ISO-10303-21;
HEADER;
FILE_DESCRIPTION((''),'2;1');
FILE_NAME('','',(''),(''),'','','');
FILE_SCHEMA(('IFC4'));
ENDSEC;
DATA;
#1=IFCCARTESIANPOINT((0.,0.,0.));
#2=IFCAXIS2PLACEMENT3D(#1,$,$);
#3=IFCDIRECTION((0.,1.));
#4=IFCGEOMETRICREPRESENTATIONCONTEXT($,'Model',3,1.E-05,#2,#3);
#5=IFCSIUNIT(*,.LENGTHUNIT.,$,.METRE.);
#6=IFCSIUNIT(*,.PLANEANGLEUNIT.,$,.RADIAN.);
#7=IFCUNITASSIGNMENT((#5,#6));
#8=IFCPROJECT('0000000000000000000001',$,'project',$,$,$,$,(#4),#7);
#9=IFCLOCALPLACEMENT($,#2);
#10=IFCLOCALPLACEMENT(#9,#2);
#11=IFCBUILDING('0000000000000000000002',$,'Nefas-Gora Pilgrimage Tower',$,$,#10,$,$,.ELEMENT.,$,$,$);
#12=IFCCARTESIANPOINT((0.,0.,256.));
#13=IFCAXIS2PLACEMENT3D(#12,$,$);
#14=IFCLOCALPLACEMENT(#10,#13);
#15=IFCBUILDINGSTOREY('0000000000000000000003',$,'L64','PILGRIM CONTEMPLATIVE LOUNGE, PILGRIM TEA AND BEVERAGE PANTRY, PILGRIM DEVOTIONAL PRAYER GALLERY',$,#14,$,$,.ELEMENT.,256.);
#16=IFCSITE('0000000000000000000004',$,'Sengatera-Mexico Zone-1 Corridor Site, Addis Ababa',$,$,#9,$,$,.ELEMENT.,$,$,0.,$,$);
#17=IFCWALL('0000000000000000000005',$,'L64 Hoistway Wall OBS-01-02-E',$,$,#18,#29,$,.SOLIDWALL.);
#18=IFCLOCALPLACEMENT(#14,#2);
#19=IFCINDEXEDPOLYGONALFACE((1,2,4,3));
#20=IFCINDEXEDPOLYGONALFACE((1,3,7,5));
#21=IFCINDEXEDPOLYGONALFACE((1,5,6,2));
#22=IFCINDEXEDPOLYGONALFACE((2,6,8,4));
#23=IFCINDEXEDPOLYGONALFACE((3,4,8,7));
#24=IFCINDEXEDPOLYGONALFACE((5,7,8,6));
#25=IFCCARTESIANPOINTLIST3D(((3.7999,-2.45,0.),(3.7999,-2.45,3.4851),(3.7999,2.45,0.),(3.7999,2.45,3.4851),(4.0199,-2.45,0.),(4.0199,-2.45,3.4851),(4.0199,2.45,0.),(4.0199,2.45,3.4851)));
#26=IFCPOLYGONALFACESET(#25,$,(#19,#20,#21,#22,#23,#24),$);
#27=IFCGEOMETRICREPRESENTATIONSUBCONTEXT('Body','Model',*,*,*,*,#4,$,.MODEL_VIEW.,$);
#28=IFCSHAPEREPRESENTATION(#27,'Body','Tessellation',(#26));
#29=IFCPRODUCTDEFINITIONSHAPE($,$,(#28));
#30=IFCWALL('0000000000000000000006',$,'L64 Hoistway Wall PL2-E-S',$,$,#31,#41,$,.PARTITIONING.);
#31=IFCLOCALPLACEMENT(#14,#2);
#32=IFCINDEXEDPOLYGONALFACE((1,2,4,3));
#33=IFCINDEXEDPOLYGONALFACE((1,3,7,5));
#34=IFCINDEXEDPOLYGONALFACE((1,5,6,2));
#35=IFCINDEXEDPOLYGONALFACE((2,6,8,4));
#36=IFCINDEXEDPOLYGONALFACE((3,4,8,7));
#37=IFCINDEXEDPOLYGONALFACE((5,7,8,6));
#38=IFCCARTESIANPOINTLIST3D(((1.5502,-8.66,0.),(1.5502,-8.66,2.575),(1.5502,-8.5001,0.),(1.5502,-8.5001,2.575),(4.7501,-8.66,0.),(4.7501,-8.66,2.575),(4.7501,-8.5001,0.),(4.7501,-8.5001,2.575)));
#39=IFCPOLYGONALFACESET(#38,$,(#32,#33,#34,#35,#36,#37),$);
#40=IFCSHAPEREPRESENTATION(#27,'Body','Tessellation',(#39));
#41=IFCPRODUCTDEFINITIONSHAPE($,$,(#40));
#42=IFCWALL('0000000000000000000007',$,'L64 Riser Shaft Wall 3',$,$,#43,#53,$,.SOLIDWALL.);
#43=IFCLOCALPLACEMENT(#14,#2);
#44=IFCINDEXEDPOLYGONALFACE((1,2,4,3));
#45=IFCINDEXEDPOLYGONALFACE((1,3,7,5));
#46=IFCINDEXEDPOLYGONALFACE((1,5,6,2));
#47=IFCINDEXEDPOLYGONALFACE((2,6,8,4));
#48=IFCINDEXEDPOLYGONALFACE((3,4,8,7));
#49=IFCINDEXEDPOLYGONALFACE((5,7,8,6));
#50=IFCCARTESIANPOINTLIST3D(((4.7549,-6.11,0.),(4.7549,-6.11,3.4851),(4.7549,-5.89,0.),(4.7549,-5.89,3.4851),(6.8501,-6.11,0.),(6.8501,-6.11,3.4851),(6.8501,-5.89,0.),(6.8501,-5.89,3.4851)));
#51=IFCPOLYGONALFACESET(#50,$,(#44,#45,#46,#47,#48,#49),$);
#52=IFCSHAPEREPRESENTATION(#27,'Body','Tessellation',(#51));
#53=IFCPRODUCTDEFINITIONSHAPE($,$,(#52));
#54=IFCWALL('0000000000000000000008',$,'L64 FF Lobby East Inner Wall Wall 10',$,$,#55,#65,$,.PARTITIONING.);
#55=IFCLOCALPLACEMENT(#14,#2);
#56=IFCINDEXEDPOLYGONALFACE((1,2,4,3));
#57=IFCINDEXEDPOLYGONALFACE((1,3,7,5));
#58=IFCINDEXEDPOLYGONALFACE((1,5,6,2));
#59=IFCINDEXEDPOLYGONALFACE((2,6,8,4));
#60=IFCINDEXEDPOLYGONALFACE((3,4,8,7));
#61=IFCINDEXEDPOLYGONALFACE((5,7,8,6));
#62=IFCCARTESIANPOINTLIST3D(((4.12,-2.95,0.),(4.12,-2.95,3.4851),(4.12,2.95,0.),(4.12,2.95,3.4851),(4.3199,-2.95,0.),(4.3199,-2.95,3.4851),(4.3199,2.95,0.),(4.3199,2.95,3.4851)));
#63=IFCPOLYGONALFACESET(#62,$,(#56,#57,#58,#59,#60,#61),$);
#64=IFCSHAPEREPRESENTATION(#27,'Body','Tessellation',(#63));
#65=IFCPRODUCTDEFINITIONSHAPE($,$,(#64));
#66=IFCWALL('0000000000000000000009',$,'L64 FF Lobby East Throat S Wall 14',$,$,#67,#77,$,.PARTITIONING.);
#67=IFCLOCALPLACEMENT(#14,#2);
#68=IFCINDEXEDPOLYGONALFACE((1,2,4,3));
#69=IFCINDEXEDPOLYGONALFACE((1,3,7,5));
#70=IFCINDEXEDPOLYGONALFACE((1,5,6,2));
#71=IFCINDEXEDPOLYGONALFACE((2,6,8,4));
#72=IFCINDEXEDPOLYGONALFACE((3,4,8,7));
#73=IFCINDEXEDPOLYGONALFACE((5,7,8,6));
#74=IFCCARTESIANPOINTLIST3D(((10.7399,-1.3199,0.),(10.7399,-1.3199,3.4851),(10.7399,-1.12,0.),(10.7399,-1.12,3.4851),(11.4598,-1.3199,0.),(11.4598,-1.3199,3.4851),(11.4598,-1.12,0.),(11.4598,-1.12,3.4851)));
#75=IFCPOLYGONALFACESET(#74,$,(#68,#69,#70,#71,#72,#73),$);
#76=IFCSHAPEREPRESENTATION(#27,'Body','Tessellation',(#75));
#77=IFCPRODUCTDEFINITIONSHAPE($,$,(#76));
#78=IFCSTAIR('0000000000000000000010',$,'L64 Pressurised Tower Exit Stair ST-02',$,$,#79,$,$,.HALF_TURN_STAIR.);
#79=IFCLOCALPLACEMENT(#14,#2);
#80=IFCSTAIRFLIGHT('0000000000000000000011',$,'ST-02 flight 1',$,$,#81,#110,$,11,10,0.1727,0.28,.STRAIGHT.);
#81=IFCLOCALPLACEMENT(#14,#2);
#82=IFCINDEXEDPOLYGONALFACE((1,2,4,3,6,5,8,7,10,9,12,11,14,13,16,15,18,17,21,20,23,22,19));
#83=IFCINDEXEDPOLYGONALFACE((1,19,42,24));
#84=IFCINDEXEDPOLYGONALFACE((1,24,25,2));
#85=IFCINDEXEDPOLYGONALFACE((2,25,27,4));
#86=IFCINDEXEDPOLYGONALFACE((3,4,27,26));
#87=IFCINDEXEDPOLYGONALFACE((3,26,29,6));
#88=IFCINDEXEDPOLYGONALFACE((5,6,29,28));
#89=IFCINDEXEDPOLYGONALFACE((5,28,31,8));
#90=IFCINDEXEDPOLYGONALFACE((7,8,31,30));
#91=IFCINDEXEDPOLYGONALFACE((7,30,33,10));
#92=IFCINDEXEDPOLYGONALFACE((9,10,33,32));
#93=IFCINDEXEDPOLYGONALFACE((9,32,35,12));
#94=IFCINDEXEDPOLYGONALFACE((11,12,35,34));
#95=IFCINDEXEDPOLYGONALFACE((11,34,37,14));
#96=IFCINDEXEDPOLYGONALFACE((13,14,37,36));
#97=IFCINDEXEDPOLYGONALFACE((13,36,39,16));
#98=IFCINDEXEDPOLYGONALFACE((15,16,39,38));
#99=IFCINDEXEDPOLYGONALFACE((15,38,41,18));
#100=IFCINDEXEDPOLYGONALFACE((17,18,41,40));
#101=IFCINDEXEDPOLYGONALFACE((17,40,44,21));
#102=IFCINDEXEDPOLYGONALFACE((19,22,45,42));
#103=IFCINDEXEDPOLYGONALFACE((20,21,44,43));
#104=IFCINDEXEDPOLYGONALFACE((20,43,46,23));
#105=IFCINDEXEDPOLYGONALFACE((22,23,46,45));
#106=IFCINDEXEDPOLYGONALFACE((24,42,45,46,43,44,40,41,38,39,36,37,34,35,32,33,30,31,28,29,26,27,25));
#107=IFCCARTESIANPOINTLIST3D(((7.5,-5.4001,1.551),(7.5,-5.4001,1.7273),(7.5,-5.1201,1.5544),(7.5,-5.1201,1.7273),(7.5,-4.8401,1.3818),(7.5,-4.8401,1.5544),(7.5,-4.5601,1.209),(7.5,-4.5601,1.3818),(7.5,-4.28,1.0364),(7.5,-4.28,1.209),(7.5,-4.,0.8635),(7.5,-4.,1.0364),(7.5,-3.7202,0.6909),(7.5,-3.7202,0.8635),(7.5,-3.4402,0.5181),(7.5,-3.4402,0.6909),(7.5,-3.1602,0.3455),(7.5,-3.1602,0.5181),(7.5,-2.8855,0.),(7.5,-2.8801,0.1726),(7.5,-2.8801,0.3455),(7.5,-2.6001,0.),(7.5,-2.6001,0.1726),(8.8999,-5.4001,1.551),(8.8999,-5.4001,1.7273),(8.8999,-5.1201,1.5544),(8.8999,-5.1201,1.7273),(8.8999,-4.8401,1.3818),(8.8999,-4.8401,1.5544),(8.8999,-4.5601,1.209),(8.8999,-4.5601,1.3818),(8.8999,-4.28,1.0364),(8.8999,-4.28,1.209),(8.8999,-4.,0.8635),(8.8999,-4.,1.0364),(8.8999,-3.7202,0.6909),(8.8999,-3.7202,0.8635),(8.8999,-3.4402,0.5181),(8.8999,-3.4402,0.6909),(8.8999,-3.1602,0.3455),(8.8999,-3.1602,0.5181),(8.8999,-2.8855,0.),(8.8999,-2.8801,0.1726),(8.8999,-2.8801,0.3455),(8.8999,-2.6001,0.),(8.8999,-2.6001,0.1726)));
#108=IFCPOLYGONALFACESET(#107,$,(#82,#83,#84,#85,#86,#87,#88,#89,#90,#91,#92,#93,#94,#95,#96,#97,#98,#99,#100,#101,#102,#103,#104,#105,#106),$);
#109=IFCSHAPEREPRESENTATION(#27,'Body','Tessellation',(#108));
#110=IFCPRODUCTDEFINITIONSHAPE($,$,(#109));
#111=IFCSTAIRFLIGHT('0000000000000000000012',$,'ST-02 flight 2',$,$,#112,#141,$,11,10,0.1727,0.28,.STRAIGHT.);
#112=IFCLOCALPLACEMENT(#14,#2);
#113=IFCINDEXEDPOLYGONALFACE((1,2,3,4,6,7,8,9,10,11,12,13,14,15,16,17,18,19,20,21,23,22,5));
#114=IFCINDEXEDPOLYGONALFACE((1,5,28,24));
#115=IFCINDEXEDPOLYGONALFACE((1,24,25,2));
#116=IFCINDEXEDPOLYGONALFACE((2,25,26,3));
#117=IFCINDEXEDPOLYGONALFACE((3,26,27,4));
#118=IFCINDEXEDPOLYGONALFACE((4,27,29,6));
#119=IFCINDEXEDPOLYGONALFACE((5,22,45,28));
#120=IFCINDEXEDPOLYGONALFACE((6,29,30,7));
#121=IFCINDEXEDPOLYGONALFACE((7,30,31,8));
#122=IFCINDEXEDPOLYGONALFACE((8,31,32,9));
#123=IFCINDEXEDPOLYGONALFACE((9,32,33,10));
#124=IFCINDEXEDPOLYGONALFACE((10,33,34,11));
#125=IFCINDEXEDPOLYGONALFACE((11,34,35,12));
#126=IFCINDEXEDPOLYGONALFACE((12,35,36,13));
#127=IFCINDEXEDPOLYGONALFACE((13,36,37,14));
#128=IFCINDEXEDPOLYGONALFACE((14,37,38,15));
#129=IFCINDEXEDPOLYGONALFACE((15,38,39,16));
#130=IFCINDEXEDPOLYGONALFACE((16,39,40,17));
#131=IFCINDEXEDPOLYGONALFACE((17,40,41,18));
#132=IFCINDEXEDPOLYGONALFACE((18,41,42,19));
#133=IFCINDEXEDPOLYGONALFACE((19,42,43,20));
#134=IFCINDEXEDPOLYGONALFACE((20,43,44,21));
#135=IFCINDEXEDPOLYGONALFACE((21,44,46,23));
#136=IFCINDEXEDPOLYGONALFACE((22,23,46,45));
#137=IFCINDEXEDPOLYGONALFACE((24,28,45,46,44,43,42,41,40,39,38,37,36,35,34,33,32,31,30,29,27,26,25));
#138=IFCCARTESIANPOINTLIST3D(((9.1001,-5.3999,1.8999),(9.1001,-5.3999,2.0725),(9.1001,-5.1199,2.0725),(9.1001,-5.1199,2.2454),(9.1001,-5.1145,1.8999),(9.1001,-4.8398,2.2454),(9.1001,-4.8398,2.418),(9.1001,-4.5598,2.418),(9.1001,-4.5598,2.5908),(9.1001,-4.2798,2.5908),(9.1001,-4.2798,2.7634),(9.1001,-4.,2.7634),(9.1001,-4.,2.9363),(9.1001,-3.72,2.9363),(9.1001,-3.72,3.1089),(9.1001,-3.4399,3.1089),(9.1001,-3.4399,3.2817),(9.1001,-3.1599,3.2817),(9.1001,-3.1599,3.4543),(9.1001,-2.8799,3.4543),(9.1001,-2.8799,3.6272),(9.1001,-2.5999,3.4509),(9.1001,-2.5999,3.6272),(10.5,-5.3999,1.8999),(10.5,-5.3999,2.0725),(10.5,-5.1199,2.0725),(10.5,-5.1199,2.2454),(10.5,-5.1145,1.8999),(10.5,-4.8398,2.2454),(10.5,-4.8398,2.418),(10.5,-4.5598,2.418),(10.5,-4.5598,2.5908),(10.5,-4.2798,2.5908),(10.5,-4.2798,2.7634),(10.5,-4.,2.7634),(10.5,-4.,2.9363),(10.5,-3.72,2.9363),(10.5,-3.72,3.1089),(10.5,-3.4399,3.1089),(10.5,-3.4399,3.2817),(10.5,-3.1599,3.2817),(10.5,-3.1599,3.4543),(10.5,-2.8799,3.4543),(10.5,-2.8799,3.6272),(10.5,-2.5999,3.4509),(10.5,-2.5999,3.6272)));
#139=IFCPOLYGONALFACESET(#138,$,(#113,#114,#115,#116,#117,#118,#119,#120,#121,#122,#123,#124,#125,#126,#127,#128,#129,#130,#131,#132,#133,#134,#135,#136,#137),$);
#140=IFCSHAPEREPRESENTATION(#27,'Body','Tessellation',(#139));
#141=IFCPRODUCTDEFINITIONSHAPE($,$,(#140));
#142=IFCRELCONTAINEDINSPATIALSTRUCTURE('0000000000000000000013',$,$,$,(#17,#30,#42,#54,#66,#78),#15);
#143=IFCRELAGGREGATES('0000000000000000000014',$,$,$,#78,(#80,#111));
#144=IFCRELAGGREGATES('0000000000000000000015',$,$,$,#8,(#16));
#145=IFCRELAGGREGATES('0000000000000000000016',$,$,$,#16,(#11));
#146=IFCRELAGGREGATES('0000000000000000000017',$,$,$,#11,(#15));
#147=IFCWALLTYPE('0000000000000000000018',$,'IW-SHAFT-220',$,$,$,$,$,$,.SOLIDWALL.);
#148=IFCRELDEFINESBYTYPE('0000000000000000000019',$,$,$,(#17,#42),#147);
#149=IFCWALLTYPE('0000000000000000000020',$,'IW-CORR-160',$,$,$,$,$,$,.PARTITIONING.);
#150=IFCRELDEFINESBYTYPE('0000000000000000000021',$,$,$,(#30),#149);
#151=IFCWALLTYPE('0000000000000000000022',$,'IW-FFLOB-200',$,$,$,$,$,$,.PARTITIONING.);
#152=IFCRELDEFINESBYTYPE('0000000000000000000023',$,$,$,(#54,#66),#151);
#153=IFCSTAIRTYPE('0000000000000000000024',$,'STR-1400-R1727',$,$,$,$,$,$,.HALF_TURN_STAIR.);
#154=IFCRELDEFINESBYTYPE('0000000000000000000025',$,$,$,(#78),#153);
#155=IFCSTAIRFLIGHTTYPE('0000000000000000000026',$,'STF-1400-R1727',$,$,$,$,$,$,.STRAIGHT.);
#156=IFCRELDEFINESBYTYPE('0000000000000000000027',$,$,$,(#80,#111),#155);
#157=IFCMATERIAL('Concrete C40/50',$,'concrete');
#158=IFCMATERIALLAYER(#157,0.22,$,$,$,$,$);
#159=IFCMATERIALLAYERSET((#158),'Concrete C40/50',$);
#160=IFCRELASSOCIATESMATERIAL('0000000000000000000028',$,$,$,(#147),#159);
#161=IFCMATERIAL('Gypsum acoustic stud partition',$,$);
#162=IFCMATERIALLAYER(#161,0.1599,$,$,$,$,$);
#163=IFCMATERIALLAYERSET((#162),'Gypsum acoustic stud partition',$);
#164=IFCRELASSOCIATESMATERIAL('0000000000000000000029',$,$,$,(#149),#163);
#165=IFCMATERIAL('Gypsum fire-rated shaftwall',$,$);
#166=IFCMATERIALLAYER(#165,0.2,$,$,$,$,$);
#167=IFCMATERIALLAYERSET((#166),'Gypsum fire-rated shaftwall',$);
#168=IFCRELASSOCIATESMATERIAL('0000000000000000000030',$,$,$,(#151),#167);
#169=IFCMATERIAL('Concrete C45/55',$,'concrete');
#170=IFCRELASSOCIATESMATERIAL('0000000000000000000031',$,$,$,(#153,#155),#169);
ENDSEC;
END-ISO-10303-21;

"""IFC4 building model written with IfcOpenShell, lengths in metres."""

from ifc_helpers import new_model, si_unit, direction, frame, frame_2d, origin, place, context, subcontext, project, spatial, polyline, rectangle, outline, extrude, source, transform, mapped, material, layer, layer_set, type_object, element, aggregate, save


model = new_model("IFC4")

# Units and contexts
model_context = context("Model", 3, precision=1e-05, world=origin(), true_north=direction((0.0, 1.0)))
body_context = subcontext(model_context, "Body", "Model", "MODEL_VIEW")
ifc_project = project(units=[si_unit("LENGTHUNIT", "METRE"), si_unit("PLANEANGLEUNIT", "RADIAN")], contexts=[model_context])

# Site, building, storey
site_placement = place(None, origin())
site = spatial("IfcSite", under=ifc_project, at=site_placement, Name="Sengatera-Mexico Zone-1 Corridor Site, Addis Ababa", CompositionType="ELEMENT", RefElevation=0.0)
building_placement = place(site_placement, origin())
building = spatial("IfcBuilding", under=site, at=building_placement, Name="Nefas-Gora Pilgrimage Tower", CompositionType="ELEMENT")
storey_placement = place(building_placement, frame((0.0, 0.0, 256.0)))
storey = spatial("IfcBuildingStorey", under=building, at=storey_placement, Name="L64", Description="PILGRIM CONTEMPLATIVE LOUNGE, PILGRIM TEA AND BEVERAGE PANTRY, PILGRIM DEVOTIONAL PRAYER GALLERY", CompositionType="ELEMENT", Elevation=256.0)

# Shared definitions
ifc_material_1 = material(Name="Concrete C45/55", Category="concrete")

# Shared definitions
ifc_material_2 = material(Name="Concrete C40/50", Category="concrete")
ifc_layer_1 = layer(ifc_material_2, 0.22)
ifc_layer_set_1 = layer_set([ifc_layer_1], Name="Concrete C40/50")
wall_type_1 = type_object("IfcWallType", Name="IW-SHAFT-220", PredefinedType="SOLIDWALL", material=ifc_layer_set_1)

# Walls
shared_shape_1 = source(origin(), body_context, "Body", "SweptSolid", [
    extrude(rectangle(XDim=4.8999, YDim=0.22, at=frame_2d((2.45, 0.0))), origin(), (0.0, 0.0, 1.0), 3.4851),
])
wall_1_placement = place(storey_placement, frame((3.9099, -2.45, 0.0), z_axis=(0.0, 0.0, 1.0), x_axis=(0.0, 1.0, 0.0)))
element("IfcWall", 1, at=wall_1_placement, inside=storey, type_object=wall_type_1, Name="L64 Hoistway Wall OBS-01-02-E", PredefinedType="SOLIDWALL", context=body_context, shape_type="MappedRepresentation", body=[
    mapped(shared_shape_1, transform((0.0, 0.0, 0.0), x_axis=(1.0, 0.0, 0.0), y_axis=(0.0, 1.0, 0.0), z_axis=(0.0, 0.0, 1.0), scale=1.0)),
])
ifc_material_3 = material(Name="Gypsum acoustic stud partition")
ifc_layer_2 = layer(ifc_material_3, 0.1599)
ifc_layer_set_2 = layer_set([ifc_layer_2], Name="Gypsum acoustic stud partition")
wall_type_2 = type_object("IfcWallType", Name="IW-CORR-160", PredefinedType="PARTITIONING", material=ifc_layer_set_2)
shared_shape_2 = source(origin(), body_context, "Body", "SweptSolid", [
    extrude(rectangle(XDim=3.2, YDim=0.1599, at=frame_2d((1.6001, 0.0))), origin(), (0.0, 0.0, 1.0), 2.575),
])
wall_2_placement = place(storey_placement, frame((1.55, -8.5801, 0.0), z_axis=(0.0, 0.0, 1.0), x_axis=(1.0, 0.0, 0.0)))
element("IfcWall", 2, at=wall_2_placement, inside=storey, type_object=wall_type_2, Name="L64 Hoistway Wall PL2-E-S", PredefinedType="PARTITIONING", context=body_context, shape_type="MappedRepresentation", body=[
    mapped(shared_shape_2, transform((0.0, 0.0, 0.0), x_axis=(1.0, 0.0, 0.0), y_axis=(0.0, 1.0, 0.0), z_axis=(0.0, 0.0, 1.0), scale=1.0)),
])
shared_shape_3 = source(origin(), body_context, "Body", "SweptSolid", [
    extrude(rectangle(XDim=2.0952, YDim=0.22, at=frame_2d((1.0476, 0.0))), origin(), (0.0, 0.0, 1.0), 3.4851),
])
wall_3_placement = place(storey_placement, frame((4.7549, -6.0, 0.0), z_axis=(0.0, 0.0, 1.0), x_axis=(1.0, 0.0, 0.0)))
element("IfcWall", 3, at=wall_3_placement, inside=storey, type_object=wall_type_1, Name="L64 Riser Shaft Wall 3", PredefinedType="SOLIDWALL", context=body_context, shape_type="MappedRepresentation", body=[
    mapped(shared_shape_3, transform((0.0, 0.0, 0.0), x_axis=(1.0, 0.0, 0.0), y_axis=(0.0, 1.0, 0.0), z_axis=(0.0, 0.0, 1.0), scale=1.0)),
])
ifc_material_4 = material(Name="Gypsum fire-rated shaftwall")
ifc_layer_3 = layer(ifc_material_4, 0.2)
ifc_layer_set_3 = layer_set([ifc_layer_3], Name="Gypsum fire-rated shaftwall")
wall_type_3 = type_object("IfcWallType", Name="IW-FFLOB-200", PredefinedType="PARTITIONING", material=ifc_layer_set_3)
shared_shape_4 = source(origin(), body_context, "Body", "SweptSolid", [
    extrude(rectangle(XDim=5.8999, YDim=0.2, at=frame_2d((2.95, 0.0))), origin(), (0.0, 0.0, 1.0), 3.4851),
])
wall_4_placement = place(storey_placement, frame((4.22, -2.95, 0.0), z_axis=(0.0, 0.0, 1.0), x_axis=(0.0, 1.0, 0.0)))
element("IfcWall", 4, at=wall_4_placement, inside=storey, type_object=wall_type_3, Name="L64 FF Lobby East Inner Wall Wall 10", PredefinedType="PARTITIONING", context=body_context, shape_type="MappedRepresentation", body=[
    mapped(shared_shape_4, transform((0.0, 0.0, 0.0), x_axis=(1.0, 0.0, 0.0), y_axis=(0.0, 1.0, 0.0), z_axis=(0.0, 0.0, 1.0), scale=1.0)),
])
shared_shape_5 = source(origin(), body_context, "Body", "SweptSolid", [
    extrude(rectangle(XDim=0.72, YDim=0.2, at=frame_2d((0.3599, 0.0))), origin(), (0.0, 0.0, 1.0), 3.4851),
])
wall_5_placement = place(storey_placement, frame((10.74, -1.22, 0.0), z_axis=(0.0, 0.0, 1.0), x_axis=(1.0, 0.0, 0.0)))
element("IfcWall", 5, at=wall_5_placement, inside=storey, type_object=wall_type_3, Name="L64 FF Lobby East Throat S Wall 14", PredefinedType="PARTITIONING", context=body_context, shape_type="MappedRepresentation", body=[
    mapped(shared_shape_5, transform((0.0, 0.0, 0.0), x_axis=(1.0, 0.0, 0.0), y_axis=(0.0, 1.0, 0.0), z_axis=(0.0, 0.0, 1.0), scale=1.0)),
])

# Stair, stair flights
stair_type = type_object("IfcStairType", Name="STR-1400-R1727", PredefinedType="HALF_TURN_STAIR", material=ifc_material_1)
stair_placement = place(storey_placement, origin())
stair = element("IfcStair", 6, at=stair_placement, inside=storey, type_object=stair_type, Name="L64 Pressurised Tower Exit Stair ST-02", PredefinedType="HALF_TURN_STAIR")
stair_flight_type = type_object("IfcStairFlightType", Name="STF-1400-R1727", PredefinedType="STRAIGHT", material=ifc_material_1)
shared_shape_6 = source(origin(), body_context, "Body", "SweptSolid", [
    extrude(outline(polyline([(0.0, 0.0), (0.0, 0.1726), (0.28, 0.1726), (0.28, 0.3455), (0.5601, 0.3455), (0.5601, 0.5181), (0.8401, 0.5181), (0.8401, 0.6909), (1.1201, 0.6909), (1.1201, 0.8635), (1.3999, 0.8635), (1.3999, 1.0364), (1.6799, 1.0364), (1.6799, 1.209), (1.96, 1.209), (1.96, 1.3818), (2.24, 1.3818), (2.24, 1.5544), (2.52, 1.5544), (2.52, 1.7273), (2.8, 1.7273), (2.8, 1.8999), (2.8, 1.551), (0.2854, 0.0), (0.0, 0.0)])), frame((0.0, 0.7, 0.0), z_axis=(0.0, -1.0, 0.0), x_axis=(1.0, 0.0, 0.0)), (0.0, 0.0, 1.0), 1.3999),
])
stair_flight_1_placement = place(storey_placement, frame((8.2, -2.6001, 0.0), z_axis=(0.0, 0.0, 1.0), x_axis=(0.0, -1.0, 0.0)))
stair_flight_1 = element("IfcStairFlight", 7, at=stair_flight_1_placement, type_object=stair_flight_type, Name="ST-02 flight 1", NumberOfRisers=11, NumberOfTreads=10, PredefinedType="STRAIGHT", RiserHeight=0.1727, TreadLength=0.28, context=body_context, shape_type="MappedRepresentation", body=[
    mapped(shared_shape_6, transform((0.0, 0.0, 0.0), x_axis=(1.0, 0.0, 0.0), y_axis=(0.0, 1.0, 0.0), z_axis=(0.0, 0.0, 1.0), scale=1.0)),
])
stair_flight_2_placement = place(storey_placement, frame((9.8, -5.3999, 1.8999), z_axis=(0.0, 0.0, 1.0), x_axis=(0.0, 1.0, 0.0)))
stair_flight_2 = element("IfcStairFlight", 8, at=stair_flight_2_placement, type_object=stair_flight_type, Name="ST-02 flight 2", NumberOfRisers=11, NumberOfTreads=10, PredefinedType="STRAIGHT", RiserHeight=0.1727, TreadLength=0.28, context=body_context, shape_type="MappedRepresentation", body=[
    mapped(shared_shape_6, transform((0.0, 0.0, 0.0), x_axis=(1.0, 0.0, 0.0), y_axis=(0.0, 1.0, 0.0), z_axis=(0.0, 0.0, 1.0), scale=1.0)),
])
aggregate(stair, [stair_flight_1, stair_flight_2])

save(model, "model.ifc")
